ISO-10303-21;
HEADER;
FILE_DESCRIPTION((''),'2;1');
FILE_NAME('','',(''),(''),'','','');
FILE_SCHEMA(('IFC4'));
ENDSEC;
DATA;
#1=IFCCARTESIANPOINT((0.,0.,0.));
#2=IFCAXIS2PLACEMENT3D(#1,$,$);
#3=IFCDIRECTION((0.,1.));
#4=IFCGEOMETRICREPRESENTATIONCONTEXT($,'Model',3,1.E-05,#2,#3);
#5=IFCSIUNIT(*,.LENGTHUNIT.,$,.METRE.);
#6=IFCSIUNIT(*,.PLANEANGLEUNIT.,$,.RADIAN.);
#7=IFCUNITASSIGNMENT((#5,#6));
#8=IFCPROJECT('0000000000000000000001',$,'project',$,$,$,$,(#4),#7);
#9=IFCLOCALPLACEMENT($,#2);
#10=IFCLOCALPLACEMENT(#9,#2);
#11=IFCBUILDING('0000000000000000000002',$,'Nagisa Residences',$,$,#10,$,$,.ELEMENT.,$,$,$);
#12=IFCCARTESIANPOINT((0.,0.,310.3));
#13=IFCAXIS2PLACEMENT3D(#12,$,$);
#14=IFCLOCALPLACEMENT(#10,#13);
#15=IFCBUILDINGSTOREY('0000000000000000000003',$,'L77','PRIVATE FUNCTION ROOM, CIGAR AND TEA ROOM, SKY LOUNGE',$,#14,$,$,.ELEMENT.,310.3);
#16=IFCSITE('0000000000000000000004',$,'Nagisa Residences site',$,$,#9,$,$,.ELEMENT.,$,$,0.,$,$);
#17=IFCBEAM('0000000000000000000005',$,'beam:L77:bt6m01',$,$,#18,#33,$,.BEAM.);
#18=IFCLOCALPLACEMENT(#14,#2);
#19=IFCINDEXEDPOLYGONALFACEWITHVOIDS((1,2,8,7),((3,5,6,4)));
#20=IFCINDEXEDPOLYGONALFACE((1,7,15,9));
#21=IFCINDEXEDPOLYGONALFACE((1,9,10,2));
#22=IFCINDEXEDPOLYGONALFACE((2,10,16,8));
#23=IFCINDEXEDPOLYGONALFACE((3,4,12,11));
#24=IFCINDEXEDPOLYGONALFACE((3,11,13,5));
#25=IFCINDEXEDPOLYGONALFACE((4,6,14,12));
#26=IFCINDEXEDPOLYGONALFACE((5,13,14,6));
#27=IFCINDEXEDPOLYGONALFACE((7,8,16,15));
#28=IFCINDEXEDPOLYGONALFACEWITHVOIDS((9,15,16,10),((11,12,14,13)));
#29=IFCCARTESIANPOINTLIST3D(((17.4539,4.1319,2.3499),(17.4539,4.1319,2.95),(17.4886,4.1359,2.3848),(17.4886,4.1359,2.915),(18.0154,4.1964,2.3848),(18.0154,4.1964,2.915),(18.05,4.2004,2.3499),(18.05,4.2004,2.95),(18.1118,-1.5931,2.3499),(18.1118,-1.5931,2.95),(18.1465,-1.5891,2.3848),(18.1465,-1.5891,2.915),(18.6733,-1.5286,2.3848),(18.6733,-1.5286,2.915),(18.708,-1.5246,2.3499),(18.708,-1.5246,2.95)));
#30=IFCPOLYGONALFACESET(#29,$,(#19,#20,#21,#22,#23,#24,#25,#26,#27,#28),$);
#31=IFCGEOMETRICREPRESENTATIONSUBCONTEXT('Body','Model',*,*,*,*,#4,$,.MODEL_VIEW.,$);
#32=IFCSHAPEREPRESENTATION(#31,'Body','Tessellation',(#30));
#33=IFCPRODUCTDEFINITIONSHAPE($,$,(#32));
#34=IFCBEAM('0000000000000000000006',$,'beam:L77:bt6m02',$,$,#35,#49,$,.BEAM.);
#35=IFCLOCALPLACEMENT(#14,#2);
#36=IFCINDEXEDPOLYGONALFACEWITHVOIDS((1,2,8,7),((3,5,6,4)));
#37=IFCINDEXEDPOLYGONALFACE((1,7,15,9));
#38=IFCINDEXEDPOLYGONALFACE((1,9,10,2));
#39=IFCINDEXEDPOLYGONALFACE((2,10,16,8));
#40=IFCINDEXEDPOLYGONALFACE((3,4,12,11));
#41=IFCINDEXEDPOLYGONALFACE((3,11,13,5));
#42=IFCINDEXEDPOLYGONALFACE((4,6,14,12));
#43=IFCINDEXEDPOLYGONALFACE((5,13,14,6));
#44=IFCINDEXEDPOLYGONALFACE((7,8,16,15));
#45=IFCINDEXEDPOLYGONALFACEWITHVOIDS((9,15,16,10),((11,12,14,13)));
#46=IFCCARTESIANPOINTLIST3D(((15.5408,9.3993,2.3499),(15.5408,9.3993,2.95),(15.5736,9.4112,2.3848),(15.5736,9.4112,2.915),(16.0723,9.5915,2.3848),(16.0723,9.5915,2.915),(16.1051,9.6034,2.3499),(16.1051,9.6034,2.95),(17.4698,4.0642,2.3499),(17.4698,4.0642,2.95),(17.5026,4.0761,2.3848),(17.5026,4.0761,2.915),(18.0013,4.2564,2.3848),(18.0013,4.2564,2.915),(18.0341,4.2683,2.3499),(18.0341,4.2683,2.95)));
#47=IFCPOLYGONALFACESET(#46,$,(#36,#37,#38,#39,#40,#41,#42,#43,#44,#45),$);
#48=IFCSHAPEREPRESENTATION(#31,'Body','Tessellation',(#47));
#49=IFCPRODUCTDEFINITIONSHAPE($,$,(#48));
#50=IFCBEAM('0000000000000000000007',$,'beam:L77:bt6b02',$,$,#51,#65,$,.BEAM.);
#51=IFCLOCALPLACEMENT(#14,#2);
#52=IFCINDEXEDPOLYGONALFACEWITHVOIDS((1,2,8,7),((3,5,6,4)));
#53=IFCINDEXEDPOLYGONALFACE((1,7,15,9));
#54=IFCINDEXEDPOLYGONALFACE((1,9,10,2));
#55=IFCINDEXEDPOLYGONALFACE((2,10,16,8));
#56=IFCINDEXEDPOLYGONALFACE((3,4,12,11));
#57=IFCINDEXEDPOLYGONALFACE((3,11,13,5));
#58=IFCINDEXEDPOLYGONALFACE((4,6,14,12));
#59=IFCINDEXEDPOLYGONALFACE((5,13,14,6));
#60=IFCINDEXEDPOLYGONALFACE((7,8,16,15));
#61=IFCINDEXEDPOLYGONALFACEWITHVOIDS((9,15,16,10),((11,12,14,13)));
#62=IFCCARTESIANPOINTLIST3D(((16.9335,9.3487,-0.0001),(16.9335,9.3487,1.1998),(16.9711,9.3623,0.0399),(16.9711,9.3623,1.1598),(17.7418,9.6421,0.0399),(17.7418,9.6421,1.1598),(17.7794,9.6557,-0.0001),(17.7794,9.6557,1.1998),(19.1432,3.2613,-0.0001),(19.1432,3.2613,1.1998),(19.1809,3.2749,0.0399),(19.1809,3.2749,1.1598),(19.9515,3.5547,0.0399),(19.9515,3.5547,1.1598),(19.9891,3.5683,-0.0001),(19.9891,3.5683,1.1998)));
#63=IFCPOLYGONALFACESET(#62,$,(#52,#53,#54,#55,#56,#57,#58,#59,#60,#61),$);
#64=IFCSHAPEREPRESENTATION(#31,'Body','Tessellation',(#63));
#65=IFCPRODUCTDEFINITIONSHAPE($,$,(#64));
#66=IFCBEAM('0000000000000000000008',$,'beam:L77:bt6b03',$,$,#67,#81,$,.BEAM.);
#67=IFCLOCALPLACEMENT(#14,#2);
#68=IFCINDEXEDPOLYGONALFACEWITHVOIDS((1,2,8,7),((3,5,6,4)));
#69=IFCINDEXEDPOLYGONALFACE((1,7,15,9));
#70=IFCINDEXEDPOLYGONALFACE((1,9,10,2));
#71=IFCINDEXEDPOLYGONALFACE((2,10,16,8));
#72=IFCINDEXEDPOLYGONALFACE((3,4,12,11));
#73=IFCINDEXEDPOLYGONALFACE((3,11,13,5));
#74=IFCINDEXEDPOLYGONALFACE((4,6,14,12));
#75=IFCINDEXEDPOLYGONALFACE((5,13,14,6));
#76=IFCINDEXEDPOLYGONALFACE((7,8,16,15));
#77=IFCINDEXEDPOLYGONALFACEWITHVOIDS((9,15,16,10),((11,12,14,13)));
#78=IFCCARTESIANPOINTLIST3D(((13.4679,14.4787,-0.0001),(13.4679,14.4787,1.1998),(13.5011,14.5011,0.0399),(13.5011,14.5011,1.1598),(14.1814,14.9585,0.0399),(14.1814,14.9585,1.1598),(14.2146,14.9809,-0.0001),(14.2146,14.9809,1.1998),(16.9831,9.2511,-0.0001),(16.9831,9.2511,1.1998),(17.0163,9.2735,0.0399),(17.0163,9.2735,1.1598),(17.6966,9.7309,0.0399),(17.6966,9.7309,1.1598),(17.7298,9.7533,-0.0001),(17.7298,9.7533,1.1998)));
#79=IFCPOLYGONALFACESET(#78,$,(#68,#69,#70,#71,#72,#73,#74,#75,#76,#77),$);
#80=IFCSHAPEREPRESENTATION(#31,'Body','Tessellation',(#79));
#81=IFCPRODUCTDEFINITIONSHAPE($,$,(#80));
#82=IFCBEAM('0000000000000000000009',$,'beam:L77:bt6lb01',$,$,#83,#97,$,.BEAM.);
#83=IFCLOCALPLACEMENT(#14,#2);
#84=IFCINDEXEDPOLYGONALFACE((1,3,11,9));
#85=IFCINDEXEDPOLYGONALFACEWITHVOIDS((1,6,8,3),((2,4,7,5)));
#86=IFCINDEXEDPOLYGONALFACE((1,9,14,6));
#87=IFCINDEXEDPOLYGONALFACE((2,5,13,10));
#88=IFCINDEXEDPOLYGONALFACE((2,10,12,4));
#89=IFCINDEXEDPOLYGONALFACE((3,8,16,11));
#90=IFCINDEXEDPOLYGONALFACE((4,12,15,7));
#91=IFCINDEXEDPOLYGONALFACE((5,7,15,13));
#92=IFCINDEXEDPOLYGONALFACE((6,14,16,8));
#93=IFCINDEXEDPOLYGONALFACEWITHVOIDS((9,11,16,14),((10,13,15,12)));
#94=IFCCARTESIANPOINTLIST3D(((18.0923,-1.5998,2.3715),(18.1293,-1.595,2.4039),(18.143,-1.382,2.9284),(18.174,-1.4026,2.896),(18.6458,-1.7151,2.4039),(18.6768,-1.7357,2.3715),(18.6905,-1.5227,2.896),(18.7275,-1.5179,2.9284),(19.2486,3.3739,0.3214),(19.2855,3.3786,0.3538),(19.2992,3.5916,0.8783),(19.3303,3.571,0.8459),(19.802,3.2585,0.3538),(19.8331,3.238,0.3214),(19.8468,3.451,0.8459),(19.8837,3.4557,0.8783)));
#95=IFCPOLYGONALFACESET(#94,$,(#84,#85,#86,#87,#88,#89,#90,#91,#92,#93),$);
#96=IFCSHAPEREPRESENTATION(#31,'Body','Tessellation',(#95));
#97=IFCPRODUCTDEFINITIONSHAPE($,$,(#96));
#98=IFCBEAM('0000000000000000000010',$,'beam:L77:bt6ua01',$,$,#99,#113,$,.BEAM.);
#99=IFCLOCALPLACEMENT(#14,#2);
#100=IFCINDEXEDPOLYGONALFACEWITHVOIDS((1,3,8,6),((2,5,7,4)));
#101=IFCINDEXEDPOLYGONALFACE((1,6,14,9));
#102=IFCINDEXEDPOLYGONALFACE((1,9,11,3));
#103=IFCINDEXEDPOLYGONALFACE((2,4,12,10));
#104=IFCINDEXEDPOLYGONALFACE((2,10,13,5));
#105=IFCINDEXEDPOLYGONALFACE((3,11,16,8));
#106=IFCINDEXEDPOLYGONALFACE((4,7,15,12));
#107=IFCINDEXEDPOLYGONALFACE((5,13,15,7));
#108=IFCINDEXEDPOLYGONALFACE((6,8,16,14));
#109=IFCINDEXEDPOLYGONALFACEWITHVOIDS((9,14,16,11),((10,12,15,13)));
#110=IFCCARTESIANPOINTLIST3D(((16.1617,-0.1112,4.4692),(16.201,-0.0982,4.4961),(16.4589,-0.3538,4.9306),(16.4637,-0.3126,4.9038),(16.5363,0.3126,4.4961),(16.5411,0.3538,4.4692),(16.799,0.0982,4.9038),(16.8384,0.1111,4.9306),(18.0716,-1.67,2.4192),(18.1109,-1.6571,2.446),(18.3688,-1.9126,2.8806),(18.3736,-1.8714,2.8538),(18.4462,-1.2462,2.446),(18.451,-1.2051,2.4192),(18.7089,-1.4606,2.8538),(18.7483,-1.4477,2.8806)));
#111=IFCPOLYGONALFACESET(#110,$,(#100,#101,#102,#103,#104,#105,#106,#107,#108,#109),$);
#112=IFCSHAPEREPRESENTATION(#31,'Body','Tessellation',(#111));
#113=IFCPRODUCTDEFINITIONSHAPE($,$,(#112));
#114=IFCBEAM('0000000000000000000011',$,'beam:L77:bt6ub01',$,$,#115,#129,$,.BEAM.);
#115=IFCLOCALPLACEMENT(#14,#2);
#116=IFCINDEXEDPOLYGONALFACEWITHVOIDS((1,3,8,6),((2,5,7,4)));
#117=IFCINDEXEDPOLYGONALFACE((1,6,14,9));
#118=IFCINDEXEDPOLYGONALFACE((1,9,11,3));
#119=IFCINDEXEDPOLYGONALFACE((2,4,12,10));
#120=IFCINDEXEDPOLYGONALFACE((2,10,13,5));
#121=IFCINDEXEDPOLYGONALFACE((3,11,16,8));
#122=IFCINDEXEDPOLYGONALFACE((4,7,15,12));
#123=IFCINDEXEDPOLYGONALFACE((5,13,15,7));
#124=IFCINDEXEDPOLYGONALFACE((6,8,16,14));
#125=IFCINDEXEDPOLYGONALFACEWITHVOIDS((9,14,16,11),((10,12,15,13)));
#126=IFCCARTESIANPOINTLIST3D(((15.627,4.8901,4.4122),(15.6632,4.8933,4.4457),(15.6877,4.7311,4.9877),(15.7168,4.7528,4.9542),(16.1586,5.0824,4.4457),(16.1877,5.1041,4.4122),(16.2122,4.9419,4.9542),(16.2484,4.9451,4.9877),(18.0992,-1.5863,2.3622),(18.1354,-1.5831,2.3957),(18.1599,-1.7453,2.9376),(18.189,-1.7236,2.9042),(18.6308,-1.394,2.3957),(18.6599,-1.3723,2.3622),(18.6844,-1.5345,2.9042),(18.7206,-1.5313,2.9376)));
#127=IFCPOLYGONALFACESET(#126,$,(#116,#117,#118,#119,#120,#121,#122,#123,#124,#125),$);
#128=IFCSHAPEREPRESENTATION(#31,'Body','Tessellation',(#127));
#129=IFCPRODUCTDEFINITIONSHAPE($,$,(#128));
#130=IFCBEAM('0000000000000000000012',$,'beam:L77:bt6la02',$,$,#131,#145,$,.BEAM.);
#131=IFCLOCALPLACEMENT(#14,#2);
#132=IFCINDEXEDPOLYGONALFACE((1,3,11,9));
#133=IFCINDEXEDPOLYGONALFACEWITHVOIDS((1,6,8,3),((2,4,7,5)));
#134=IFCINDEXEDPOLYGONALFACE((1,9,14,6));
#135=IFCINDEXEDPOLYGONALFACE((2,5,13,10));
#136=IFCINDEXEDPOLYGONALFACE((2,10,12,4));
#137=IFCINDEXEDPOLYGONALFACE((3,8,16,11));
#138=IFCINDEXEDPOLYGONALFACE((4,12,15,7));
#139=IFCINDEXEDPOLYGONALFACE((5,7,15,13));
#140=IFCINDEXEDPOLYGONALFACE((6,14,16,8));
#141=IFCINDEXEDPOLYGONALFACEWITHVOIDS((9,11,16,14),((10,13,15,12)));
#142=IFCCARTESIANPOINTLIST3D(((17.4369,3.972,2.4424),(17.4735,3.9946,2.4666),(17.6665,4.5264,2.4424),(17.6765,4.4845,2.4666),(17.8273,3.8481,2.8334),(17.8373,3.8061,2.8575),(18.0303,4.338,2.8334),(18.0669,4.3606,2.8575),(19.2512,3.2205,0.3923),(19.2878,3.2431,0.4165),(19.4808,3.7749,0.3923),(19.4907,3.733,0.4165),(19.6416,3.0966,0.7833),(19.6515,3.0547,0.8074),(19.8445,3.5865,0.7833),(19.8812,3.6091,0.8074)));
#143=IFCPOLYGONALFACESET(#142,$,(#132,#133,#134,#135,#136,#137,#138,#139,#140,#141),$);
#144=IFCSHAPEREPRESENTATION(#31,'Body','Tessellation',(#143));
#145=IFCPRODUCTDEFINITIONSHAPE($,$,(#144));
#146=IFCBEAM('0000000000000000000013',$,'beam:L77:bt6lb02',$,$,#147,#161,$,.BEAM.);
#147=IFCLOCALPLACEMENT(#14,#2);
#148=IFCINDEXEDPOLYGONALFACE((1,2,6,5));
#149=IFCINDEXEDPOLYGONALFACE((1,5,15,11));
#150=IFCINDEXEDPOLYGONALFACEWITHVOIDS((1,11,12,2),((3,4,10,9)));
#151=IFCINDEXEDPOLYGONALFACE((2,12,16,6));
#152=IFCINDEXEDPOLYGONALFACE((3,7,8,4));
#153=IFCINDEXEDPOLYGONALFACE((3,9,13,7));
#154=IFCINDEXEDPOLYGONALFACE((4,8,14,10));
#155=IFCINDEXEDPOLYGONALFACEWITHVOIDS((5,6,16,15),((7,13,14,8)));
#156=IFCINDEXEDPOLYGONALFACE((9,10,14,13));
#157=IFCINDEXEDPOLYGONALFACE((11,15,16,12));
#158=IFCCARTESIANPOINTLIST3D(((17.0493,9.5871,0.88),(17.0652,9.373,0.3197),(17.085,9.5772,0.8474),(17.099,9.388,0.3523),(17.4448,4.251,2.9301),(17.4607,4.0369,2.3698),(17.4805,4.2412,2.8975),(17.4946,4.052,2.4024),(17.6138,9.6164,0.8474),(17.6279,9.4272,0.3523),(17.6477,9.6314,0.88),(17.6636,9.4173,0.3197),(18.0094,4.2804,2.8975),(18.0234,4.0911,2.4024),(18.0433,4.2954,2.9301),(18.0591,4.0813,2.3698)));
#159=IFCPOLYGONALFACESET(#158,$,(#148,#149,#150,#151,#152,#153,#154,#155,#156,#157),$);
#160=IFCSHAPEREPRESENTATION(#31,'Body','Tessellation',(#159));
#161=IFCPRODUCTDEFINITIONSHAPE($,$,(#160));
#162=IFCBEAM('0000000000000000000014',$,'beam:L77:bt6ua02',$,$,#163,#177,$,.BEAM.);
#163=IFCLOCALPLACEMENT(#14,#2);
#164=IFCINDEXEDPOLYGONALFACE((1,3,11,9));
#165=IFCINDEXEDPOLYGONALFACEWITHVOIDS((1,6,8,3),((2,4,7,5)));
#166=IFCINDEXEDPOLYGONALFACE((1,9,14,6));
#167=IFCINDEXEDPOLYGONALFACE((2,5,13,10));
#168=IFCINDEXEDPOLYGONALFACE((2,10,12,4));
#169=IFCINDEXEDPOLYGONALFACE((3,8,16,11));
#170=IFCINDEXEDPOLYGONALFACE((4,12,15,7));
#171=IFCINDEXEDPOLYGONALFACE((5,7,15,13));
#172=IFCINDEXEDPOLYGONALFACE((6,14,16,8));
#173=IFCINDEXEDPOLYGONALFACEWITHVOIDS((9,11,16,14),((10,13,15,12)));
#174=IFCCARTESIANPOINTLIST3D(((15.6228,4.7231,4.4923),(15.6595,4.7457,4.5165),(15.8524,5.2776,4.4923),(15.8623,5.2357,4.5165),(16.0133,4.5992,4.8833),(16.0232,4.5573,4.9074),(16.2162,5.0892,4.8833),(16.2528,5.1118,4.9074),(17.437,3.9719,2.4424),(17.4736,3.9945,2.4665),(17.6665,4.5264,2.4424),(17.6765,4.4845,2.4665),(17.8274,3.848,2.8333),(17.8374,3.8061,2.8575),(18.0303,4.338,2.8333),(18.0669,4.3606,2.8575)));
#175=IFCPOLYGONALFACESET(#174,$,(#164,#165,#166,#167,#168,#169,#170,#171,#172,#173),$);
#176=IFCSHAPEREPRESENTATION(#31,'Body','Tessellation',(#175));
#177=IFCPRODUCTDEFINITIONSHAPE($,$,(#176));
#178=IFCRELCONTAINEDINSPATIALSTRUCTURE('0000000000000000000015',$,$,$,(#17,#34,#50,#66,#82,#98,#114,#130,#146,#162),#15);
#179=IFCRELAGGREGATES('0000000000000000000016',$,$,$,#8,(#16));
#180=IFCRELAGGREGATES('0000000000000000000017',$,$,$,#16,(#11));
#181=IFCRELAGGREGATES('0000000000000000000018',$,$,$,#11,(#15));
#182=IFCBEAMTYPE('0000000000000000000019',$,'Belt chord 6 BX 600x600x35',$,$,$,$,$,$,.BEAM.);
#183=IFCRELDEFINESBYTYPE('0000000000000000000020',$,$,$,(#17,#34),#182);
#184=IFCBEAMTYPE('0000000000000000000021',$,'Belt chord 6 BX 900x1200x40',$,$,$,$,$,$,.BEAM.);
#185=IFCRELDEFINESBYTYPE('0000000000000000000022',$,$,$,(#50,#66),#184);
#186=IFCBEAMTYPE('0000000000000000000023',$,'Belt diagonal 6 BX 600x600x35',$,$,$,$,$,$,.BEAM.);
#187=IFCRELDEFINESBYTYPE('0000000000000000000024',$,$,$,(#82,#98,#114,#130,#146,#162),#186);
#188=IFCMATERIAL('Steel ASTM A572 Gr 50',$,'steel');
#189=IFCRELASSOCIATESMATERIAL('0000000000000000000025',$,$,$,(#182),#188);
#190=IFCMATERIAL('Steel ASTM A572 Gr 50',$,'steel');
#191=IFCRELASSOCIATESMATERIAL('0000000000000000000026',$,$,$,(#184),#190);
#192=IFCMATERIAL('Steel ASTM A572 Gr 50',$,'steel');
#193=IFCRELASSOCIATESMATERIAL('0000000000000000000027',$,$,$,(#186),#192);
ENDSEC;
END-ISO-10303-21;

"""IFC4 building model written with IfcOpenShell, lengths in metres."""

from ifc_helpers import new_model, si_unit, direction, frame, origin, origin_2d, place, context, subcontext, project, spatial, hollow_rectangle, extrude, material, material_profile, profile_set, type_object, element, save


model = new_model("IFC4")

# Units and contexts
model_context = context("Model", 3, precision=1e-05, world=origin(), true_north=direction((0.0, 1.0)))
body_context = subcontext(model_context, "Body", "Model", "MODEL_VIEW")
ifc_project = project(units=[si_unit("LENGTHUNIT", "METRE"), si_unit("PLANEANGLEUNIT", "RADIAN")], contexts=[model_context])

# Site, building, storey
site_placement = place(None, origin())
site = spatial("IfcSite", under=ifc_project, at=site_placement, Name="Nagisa Residences site", CompositionType="ELEMENT", RefElevation=0.0)
building_placement = place(site_placement, origin())
building = spatial("IfcBuilding", under=site, at=building_placement, Name="Nagisa Residences", CompositionType="ELEMENT")
storey_placement = place(building_placement, frame((0.0, 0.0, 310.3)))
storey = spatial("IfcBuildingStorey", under=building, at=storey_placement, Name="L77", Description="PRIVATE FUNCTION ROOM, CIGAR AND TEA ROOM, SKY LOUNGE", CompositionType="ELEMENT", Elevation=310.3)

# Beams
ifc_material_1 = material(Name="Steel ASTM A572 Gr 50", Category="steel")
ifc_material_profile_1 = material_profile(ifc_material_1, hollow_rectangle(XDim=0.6001, YDim=0.6001, WallThickness=0.0349, at=origin_2d()), Name="BX 600x600x35")
ifc_profile_set_1 = profile_set([ifc_material_profile_1], Name="Steel ASTM A572 Gr 50")
beam_type_1 = type_object("IfcBeamType", Name="Belt chord 6 BX 600x600x35", PredefinedType="BEAM", material=ifc_profile_set_1)
beam_1_placement = place(storey_placement, frame((18.4099, -1.5588, 2.6499), z_axis=(-0.114174, 0.993461, 0.0), x_axis=(-0.993461, -0.114174, 0.0)))
element("IfcBeam", 1, at=beam_1_placement, inside=storey, type_object=beam_type_1, Name="beam:L77:bt6m01", PredefinedType="BEAM", context=body_context, shape_type="SweptSolid", body=[
    extrude(hollow_rectangle(XDim=0.6001, YDim=0.6001, WallThickness=0.0349, at=origin_2d()), origin(), (0.0, 0.0, 1.0), 5.7627),
])
beam_2_placement = place(storey_placement, frame((17.752, 4.1663, 2.6499), z_axis=(-0.340025, 0.940416, 0.0), x_axis=(-0.940416, -0.340025, 0.0)))
element("IfcBeam", 2, at=beam_2_placement, inside=storey, type_object=beam_type_1, Name="beam:L77:bt6m02", PredefinedType="BEAM", context=body_context, shape_type="SweptSolid", body=[
    extrude(hollow_rectangle(XDim=0.6001, YDim=0.6001, WallThickness=0.0349, at=origin_2d()), origin(), (0.0, 0.0, 1.0), 5.6731),
])
ifc_material_2 = material(Name="Steel ASTM A572 Gr 50", Category="steel")
ifc_material_profile_2 = material_profile(ifc_material_2, hollow_rectangle(XDim=0.8999, YDim=1.2, WallThickness=0.04, at=origin_2d()), Name="BX 900x1200x40")
ifc_profile_set_2 = profile_set([ifc_material_profile_2], Name="Steel ASTM A572 Gr 50")
beam_type_2 = type_object("IfcBeamType", Name="Belt chord 6 BX 900x1200x40", PredefinedType="BEAM", material=ifc_profile_set_2)
beam_3_placement = place(storey_placement, frame((19.5662, 3.4148, 0.5999), z_axis=(-0.341213, 0.939986, 0.0), x_axis=(-0.939986, -0.341213, 0.0)))
element("IfcBeam", 3, at=beam_3_placement, inside=storey, type_object=beam_type_2, Name="beam:L77:bt6b02", PredefinedType="BEAM", context=body_context, shape_type="SweptSolid", body=[
    extrude(hollow_rectangle(XDim=0.8999, YDim=1.2, WallThickness=0.04, at=origin_2d()), origin(), (0.0, 0.0, 1.0), 6.4761),
])
beam_4_placement = place(storey_placement, frame((17.3564, 9.5022, 0.5999), z_axis=(-0.558005, 0.829838, 0.0), x_axis=(-0.829838, -0.558005, 0.0)))
element("IfcBeam", 4, at=beam_4_placement, inside=storey, type_object=beam_type_2, Name="beam:L77:bt6b03", PredefinedType="BEAM", context=body_context, shape_type="SweptSolid", body=[
    extrude(hollow_rectangle(XDim=0.8999, YDim=1.2, WallThickness=0.04, at=origin_2d()), origin(), (0.0, 0.0, 1.0), 6.2996),
])
ifc_material_3 = material(Name="Steel ASTM A572 Gr 50", Category="steel")
ifc_material_profile_3 = material_profile(ifc_material_3, hollow_rectangle(XDim=0.6001, YDim=0.6001, WallThickness=0.0349, at=origin_2d()), Name="BX 600x600x35")
ifc_profile_set_3 = profile_set([ifc_material_profile_3], Name="Steel ASTM A572 Gr 50")
beam_type_3 = type_object("IfcBeamType", Name="Belt diagonal 6 BX 600x600x35", PredefinedType="BEAM", material=ifc_profile_set_3)
beam_5_placement = place(storey_placement, frame((19.5662, 3.4148, 0.5999), z_axis=(-0.210135, -0.903899, 0.372572), x_axis=(0.974026, -0.226438, 0.0)))
element("IfcBeam", 5, at=beam_5_placement, inside=storey, type_object=beam_type_3, Name="beam:L77:bt6lb01", PredefinedType="BEAM", context=body_context, shape_type="SweptSolid", body=[
    extrude(hollow_rectangle(XDim=0.6001, YDim=0.6001, WallThickness=0.0349, at=origin_2d()), origin(), (0.0, 0.0, 1.0), 5.5024),
])
beam_6_placement = place(storey_placement, frame((18.4099, -1.5588, 2.6499), z_axis=(-0.595672, 0.486178, 0.639379), x_axis=(-0.63231, -0.774716, 0.0)))
element("IfcBeam", 6, at=beam_6_placement, inside=storey, type_object=beam_type_3, Name="beam:L77:bt6ua01", PredefinedType="BEAM", context=body_context, shape_type="SweptSolid", body=[
    extrude(hollow_rectangle(XDim=0.6001, YDim=0.6001, WallThickness=0.0349, at=origin_2d()), origin(), (0.0, 0.0, 1.0), 3.2063),
])
beam_7_placement = place(storey_placement, frame((18.4099, -1.5588, 2.6499), z_axis=(-0.341984, 0.895892, 0.283591), x_axis=(-0.934248, -0.356625, 0.0)))
element("IfcBeam", 7, at=beam_7_placement, inside=storey, type_object=beam_type_3, Name="beam:L77:bt6ub01", PredefinedType="BEAM", context=body_context, shape_type="SweptSolid", body=[
    extrude(hollow_rectangle(XDim=0.6001, YDim=0.6001, WallThickness=0.0349, at=origin_2d()), origin(), (0.0, 0.0, 1.0), 7.229),
])
beam_8_placement = place(storey_placement, frame((19.5662, 3.4148, 0.5999), z_axis=(-0.639077, 0.264713, 0.722155), x_axis=(-0.382681, -0.92388, 0.0)))
element("IfcBeam", 8, at=beam_8_placement, inside=storey, type_object=beam_type_3, Name="beam:L77:bt6la02", PredefinedType="BEAM", context=body_context, shape_type="SweptSolid", body=[
    extrude(hollow_rectangle(XDim=0.6001, YDim=0.6001, WallThickness=0.0349, at=origin_2d()), origin(), (0.0, 0.0, 1.0), 2.8389),
])
beam_9_placement = place(storey_placement, frame((17.3564, 9.5022, 0.5999), z_axis=(0.069026, -0.93125, 0.357783), x_axis=(0.997264, 0.073919, 0.0)))
element("IfcBeam", 9, at=beam_9_placement, inside=storey, type_object=beam_type_3, Name="beam:L77:bt6lb02", PredefinedType="BEAM", context=body_context, shape_type="SweptSolid", body=[
    extrude(hollow_rectangle(XDim=0.6001, YDim=0.6001, WallThickness=0.0349, at=origin_2d()), origin(), (0.0, 0.0, 1.0), 5.73),
])
beam_10_placement = place(storey_placement, frame((17.752, 4.1663, 2.6499), z_axis=(-0.639092, 0.264633, 0.722171), x_axis=(-0.382575, -0.923924, 0.0)))
element("IfcBeam", 10, at=beam_10_placement, inside=storey, type_object=beam_type_3, Name="beam:L77:bt6ua02", PredefinedType="BEAM", context=body_context, shape_type="SweptSolid", body=[
    extrude(hollow_rectangle(XDim=0.6001, YDim=0.6001, WallThickness=0.0349, at=origin_2d()), origin(), (0.0, 0.0, 1.0), 2.8386),
])

save(model, "model.ifc")
